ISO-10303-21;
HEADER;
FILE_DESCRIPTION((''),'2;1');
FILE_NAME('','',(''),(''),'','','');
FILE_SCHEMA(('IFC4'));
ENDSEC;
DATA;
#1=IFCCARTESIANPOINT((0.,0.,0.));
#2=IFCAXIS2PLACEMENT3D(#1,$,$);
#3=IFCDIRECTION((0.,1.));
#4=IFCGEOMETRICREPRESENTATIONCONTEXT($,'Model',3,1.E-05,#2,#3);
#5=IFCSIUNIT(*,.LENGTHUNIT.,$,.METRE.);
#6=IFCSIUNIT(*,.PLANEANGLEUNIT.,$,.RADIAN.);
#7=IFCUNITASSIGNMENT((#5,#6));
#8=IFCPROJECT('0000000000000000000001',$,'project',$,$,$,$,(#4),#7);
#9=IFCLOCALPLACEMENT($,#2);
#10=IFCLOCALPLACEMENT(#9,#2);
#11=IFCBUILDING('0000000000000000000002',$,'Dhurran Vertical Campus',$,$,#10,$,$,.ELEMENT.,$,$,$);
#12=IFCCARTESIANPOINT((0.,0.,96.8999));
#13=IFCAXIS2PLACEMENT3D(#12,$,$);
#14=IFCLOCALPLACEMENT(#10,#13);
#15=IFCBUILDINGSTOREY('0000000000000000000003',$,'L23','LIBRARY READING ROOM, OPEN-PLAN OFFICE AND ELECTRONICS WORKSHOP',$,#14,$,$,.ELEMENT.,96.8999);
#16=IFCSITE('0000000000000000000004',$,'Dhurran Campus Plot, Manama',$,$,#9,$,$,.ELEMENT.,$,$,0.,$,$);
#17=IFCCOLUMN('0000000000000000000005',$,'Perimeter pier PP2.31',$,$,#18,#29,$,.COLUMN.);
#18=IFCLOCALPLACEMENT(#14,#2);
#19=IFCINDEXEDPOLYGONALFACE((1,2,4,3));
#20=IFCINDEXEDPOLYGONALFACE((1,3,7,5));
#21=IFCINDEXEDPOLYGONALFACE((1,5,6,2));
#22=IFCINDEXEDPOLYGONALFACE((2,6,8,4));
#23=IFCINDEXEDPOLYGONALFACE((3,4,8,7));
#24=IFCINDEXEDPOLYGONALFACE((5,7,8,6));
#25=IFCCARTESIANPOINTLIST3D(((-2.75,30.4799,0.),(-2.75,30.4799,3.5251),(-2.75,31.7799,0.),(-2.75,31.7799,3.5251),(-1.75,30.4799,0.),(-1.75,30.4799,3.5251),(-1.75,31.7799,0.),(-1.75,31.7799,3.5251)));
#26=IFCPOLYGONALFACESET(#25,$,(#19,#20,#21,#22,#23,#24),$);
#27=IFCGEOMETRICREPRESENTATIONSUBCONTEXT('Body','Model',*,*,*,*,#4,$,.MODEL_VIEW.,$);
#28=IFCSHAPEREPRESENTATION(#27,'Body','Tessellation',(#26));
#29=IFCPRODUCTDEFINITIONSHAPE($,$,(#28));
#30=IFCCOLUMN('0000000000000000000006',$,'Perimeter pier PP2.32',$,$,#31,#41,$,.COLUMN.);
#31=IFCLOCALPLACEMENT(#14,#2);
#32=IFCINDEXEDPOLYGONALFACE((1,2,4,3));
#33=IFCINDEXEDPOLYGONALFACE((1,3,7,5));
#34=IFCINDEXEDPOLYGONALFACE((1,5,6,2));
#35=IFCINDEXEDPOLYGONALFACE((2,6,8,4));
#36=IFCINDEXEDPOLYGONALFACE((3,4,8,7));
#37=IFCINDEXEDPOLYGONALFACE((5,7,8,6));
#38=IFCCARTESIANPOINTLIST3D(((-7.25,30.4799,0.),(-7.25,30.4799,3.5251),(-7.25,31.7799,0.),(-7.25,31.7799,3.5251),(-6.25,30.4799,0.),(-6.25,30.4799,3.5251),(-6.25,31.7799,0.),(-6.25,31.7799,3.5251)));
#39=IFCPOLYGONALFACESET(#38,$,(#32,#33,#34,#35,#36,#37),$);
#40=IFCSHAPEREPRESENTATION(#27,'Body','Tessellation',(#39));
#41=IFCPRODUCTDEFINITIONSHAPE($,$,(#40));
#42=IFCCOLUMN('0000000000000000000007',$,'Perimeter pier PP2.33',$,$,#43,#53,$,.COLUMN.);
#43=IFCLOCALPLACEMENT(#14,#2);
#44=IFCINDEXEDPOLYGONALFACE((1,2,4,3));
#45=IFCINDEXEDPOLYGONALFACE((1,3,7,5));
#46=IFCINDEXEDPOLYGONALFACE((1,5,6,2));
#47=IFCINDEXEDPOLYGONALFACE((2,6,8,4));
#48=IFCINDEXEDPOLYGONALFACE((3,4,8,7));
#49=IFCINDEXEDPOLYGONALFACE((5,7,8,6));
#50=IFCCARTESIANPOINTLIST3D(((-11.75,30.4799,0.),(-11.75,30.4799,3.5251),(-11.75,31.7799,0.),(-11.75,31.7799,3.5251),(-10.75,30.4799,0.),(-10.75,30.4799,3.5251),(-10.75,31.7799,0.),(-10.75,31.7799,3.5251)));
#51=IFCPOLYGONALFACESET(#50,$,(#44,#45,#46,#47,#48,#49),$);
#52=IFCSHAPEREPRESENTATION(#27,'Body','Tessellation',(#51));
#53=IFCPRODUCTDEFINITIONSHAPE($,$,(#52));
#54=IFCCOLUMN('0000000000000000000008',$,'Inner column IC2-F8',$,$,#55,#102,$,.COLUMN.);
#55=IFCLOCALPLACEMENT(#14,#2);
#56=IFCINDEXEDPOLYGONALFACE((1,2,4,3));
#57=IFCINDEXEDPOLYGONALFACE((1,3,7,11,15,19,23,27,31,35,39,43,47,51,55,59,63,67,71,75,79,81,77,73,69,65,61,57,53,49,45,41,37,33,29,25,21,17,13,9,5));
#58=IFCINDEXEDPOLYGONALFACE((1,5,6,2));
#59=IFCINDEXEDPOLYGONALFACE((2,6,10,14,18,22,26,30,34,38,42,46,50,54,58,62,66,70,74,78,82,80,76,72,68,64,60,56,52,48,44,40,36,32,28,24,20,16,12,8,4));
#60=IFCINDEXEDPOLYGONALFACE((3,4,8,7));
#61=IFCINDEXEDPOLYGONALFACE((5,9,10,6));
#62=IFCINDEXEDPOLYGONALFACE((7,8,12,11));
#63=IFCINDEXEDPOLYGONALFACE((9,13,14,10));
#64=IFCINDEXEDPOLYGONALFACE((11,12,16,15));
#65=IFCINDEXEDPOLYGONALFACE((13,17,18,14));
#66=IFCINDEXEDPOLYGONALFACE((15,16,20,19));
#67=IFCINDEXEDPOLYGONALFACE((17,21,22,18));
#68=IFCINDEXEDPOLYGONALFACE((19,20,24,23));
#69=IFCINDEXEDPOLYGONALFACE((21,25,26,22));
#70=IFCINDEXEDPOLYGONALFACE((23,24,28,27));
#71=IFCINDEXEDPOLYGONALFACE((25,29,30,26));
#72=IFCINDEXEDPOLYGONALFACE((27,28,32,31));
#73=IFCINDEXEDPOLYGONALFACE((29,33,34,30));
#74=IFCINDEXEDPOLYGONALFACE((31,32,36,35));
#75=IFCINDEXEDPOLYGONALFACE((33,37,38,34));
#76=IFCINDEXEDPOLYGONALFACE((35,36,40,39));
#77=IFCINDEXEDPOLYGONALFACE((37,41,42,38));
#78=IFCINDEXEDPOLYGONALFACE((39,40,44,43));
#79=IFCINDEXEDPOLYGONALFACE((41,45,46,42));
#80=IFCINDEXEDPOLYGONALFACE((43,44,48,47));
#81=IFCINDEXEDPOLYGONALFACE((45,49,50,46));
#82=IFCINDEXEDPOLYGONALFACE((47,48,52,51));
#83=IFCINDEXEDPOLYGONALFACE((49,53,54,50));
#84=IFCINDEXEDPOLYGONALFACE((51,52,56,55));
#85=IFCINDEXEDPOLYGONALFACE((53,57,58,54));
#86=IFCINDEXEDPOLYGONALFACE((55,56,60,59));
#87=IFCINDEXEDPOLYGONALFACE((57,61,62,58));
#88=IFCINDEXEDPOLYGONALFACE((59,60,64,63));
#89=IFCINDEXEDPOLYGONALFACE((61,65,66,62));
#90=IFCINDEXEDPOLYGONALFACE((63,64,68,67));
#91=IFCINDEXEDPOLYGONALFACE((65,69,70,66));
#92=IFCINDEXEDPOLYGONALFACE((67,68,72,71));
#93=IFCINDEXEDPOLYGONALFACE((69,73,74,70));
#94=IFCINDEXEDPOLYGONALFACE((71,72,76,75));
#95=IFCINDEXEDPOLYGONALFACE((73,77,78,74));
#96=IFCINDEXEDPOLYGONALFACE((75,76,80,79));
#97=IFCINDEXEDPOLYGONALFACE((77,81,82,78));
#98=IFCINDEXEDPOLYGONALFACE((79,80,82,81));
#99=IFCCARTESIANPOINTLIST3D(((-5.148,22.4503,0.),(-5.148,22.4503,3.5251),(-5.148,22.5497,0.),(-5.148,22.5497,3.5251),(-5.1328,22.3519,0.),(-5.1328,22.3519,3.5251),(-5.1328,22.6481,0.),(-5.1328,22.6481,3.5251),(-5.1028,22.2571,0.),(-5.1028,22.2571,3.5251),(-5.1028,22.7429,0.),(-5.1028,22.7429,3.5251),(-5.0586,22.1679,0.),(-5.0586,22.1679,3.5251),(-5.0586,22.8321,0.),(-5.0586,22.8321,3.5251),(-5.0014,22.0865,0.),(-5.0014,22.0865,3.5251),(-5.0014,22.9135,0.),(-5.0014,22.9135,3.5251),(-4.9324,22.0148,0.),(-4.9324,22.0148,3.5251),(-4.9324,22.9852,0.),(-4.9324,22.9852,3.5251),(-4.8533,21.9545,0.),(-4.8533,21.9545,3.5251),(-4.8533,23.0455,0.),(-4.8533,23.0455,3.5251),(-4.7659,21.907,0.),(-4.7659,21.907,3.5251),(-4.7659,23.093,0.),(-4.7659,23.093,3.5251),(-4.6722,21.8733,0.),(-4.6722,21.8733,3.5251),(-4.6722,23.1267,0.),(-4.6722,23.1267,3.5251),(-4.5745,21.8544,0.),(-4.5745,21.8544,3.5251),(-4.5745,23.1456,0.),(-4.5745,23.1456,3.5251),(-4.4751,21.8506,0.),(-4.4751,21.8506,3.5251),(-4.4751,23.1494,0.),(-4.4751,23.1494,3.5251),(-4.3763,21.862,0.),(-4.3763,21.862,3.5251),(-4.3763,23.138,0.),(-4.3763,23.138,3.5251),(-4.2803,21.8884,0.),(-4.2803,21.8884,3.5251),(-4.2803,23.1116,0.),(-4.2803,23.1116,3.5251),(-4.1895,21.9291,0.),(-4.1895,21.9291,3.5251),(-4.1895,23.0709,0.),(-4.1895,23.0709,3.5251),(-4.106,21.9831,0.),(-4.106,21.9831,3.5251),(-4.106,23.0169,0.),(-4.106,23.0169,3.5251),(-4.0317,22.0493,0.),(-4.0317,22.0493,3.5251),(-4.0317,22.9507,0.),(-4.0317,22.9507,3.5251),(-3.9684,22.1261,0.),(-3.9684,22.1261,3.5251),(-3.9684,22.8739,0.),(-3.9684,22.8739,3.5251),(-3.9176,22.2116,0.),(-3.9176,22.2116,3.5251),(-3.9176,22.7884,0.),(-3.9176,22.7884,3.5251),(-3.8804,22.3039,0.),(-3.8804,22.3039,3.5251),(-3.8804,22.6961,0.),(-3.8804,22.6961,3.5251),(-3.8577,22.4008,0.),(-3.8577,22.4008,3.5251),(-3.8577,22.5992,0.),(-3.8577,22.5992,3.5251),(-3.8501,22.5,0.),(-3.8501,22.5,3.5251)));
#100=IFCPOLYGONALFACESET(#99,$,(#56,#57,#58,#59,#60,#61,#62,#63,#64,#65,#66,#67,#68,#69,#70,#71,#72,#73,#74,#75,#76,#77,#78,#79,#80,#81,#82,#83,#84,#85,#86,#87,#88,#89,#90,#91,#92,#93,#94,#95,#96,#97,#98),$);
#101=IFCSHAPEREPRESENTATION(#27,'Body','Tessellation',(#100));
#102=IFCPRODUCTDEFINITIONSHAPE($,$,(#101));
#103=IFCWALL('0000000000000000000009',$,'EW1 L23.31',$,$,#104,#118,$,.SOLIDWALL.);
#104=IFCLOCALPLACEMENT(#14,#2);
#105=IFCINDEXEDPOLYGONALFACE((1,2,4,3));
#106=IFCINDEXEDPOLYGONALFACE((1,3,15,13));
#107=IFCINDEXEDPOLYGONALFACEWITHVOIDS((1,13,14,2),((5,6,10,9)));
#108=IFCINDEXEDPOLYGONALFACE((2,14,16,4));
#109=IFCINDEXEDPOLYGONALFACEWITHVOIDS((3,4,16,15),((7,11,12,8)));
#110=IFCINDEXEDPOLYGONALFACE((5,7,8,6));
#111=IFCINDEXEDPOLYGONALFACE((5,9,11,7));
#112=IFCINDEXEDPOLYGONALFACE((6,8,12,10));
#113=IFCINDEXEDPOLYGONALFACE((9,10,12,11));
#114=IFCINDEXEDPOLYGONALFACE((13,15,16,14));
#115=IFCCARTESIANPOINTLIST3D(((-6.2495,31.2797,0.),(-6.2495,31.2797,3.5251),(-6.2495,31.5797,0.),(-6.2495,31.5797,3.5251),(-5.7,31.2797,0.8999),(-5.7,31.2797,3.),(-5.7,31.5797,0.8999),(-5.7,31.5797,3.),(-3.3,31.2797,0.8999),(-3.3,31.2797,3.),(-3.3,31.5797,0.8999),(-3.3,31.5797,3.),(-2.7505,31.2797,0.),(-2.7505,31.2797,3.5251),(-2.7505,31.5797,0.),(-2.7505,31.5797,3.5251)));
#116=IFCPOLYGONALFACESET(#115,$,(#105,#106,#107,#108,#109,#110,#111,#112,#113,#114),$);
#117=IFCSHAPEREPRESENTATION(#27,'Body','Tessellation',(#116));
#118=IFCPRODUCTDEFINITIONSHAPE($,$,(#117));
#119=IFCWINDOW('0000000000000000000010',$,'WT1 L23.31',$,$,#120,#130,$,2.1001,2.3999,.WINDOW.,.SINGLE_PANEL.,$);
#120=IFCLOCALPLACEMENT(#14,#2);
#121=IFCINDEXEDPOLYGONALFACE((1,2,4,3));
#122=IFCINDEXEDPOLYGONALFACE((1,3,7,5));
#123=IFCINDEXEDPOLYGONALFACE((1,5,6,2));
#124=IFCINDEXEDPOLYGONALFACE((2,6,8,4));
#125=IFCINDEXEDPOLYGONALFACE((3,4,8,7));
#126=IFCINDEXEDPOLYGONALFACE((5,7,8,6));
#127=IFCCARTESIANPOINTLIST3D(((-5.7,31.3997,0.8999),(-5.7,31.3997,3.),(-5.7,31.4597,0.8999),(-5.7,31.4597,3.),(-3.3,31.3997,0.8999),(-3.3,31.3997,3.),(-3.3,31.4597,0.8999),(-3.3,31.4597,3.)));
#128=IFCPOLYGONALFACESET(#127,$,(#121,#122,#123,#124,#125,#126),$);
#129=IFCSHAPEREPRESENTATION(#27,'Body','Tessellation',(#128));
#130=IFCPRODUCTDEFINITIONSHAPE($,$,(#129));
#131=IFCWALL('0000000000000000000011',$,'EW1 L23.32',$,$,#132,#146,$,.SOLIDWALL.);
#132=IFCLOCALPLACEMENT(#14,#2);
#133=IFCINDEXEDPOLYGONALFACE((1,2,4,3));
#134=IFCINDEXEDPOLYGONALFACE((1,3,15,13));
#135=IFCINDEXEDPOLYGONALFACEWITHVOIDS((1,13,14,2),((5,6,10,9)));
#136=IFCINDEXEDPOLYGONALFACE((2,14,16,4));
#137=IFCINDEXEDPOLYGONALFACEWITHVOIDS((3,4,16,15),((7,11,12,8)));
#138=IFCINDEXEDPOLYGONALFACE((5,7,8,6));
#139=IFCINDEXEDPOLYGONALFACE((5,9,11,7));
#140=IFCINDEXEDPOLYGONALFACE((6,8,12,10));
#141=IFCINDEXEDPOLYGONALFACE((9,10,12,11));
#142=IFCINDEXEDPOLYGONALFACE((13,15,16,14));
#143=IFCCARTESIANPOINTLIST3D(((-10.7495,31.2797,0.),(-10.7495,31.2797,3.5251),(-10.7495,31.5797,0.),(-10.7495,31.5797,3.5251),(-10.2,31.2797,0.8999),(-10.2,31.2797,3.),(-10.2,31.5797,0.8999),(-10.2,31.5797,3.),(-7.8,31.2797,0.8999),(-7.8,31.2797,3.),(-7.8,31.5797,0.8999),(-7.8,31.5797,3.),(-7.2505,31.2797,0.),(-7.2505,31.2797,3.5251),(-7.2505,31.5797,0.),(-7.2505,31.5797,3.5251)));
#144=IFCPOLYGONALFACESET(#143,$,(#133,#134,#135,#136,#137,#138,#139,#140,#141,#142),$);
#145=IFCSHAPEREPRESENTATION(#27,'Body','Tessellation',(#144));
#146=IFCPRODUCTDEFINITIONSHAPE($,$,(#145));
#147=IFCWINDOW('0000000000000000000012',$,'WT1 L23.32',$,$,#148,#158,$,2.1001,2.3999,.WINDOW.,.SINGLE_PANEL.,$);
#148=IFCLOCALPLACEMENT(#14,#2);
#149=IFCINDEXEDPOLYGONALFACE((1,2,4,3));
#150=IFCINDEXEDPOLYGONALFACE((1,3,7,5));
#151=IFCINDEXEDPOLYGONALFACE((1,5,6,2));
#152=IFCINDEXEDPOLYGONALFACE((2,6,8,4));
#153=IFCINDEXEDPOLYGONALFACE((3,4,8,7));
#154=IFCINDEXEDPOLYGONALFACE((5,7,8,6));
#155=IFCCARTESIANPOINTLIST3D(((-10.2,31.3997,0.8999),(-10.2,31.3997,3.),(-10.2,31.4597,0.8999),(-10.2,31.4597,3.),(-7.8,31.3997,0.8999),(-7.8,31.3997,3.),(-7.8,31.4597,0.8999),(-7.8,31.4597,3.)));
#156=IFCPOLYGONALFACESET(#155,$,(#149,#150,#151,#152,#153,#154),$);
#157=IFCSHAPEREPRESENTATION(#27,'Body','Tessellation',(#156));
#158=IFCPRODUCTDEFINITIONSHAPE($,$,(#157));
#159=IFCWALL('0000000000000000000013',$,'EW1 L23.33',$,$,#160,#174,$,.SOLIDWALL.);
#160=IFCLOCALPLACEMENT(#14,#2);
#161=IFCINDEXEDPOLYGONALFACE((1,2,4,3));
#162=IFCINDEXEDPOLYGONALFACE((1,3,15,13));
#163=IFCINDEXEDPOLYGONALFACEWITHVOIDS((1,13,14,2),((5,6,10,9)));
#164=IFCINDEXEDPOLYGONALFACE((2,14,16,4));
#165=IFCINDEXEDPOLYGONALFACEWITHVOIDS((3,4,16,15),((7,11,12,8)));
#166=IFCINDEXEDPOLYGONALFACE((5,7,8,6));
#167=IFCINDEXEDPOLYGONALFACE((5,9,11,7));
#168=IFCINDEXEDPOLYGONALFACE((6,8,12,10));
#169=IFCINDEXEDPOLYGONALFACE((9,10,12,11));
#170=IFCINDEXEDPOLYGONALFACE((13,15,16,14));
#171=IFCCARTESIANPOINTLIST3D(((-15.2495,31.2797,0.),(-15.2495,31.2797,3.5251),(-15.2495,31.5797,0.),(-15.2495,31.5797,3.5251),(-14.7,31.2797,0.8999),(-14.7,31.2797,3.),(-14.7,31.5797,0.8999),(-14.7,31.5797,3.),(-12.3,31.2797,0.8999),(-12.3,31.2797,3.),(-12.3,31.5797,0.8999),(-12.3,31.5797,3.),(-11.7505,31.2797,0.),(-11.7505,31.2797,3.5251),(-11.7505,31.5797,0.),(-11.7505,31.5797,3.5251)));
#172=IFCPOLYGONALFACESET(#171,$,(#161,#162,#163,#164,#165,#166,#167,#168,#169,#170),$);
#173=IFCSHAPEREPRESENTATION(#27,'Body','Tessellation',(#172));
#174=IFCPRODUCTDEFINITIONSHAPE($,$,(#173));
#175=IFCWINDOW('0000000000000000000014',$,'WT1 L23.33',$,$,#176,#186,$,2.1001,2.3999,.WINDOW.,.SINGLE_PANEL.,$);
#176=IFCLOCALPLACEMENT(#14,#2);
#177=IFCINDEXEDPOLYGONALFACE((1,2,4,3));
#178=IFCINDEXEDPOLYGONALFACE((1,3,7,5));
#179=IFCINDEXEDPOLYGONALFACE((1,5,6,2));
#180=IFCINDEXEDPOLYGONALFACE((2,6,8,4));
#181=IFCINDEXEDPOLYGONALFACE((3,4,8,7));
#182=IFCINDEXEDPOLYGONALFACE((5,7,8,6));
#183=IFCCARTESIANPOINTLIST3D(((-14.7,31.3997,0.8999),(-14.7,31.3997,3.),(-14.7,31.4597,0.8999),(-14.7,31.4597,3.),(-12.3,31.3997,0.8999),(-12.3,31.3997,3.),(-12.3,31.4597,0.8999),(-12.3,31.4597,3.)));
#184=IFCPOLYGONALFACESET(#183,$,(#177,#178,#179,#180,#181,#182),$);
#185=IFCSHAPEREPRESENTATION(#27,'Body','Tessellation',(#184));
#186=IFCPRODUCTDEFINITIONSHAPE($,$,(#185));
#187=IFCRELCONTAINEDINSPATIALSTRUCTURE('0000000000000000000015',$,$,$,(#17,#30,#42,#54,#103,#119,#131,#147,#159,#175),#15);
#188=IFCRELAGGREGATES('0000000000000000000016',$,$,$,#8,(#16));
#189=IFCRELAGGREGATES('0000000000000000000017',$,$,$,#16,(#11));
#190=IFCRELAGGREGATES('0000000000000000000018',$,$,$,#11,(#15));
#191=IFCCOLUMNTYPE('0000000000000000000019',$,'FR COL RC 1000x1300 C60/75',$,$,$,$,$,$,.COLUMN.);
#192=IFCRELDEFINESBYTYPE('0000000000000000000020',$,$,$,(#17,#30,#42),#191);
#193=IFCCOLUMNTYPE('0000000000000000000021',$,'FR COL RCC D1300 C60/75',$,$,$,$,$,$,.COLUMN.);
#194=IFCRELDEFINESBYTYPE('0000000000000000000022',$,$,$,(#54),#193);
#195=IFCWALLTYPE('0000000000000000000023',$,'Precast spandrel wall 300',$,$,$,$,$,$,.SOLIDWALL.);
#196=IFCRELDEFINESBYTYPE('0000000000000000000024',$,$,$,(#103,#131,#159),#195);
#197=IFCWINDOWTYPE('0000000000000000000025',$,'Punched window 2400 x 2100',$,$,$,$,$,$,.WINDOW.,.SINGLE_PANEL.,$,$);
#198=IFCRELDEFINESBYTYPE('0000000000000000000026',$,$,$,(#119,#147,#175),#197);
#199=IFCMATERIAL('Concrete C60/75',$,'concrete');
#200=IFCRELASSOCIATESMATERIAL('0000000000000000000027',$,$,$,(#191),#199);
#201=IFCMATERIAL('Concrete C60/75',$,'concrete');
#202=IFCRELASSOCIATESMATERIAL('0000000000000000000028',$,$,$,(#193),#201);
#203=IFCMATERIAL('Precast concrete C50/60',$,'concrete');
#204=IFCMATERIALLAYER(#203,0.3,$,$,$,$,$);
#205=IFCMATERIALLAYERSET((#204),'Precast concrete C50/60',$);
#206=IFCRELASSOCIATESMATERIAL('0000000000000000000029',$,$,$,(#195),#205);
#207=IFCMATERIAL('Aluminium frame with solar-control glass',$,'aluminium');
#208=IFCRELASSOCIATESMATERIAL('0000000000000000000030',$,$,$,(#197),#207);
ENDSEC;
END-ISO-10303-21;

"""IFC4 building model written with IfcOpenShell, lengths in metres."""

from ifc_helpers import new_model, si_unit, direction, frame, frame_2d, origin, origin_2d, place, context, subcontext, project, spatial, rectangle, circle, extrude, material, layer, layer_set, material_profile, profile_set, type_object, element, fill, save


model = new_model("IFC4")

# Units and contexts
model_context = context("Model", 3, precision=1e-05, world=origin(), true_north=direction((0.0, 1.0)))
body_context = subcontext(model_context, "Body", "Model", "MODEL_VIEW")
ifc_project = project(units=[si_unit("LENGTHUNIT", "METRE"), si_unit("PLANEANGLEUNIT", "RADIAN")], contexts=[model_context])

# Site, building, storey
site_placement = place(None, origin())
site = spatial("IfcSite", under=ifc_project, at=site_placement, Name="Dhurran Campus Plot, Manama", CompositionType="ELEMENT", RefElevation=0.0)
building_placement = place(site_placement, origin())
building = spatial("IfcBuilding", under=site, at=building_placement, Name="Dhurran Vertical Campus", CompositionType="ELEMENT")
storey_placement = place(building_placement, frame((0.0, 0.0, 96.8999)))
storey = spatial("IfcBuildingStorey", under=building, at=storey_placement, Name="L23", Description="LIBRARY READING ROOM, OPEN-PLAN OFFICE AND ELECTRONICS WORKSHOP", CompositionType="ELEMENT", Elevation=96.8999)

# Columns
ifc_material_1 = material(Name="Concrete C60/75", Category="concrete")
ifc_material_profile_1 = material_profile(ifc_material_1, rectangle(XDim=1.0, YDim=1.3, at=origin_2d()), Name="RC 1000x1300")
ifc_profile_set_1 = profile_set([ifc_material_profile_1], Name="Concrete C60/75")
column_type_1 = type_object("IfcColumnType", Name="FR COL RC 1000x1300 C60/75", PredefinedType="COLUMN", material=ifc_profile_set_1)
for number, where, z_axis, x_axis, name in (
    (1, (-2.25, 31.1299, 0.0), (0.0, 0.0, 1.0), (-1.0, 0.0, 0.0), "Perimeter pier PP2.31"),
    (2, (-6.75, 31.1299, 0.0), (0.0, 0.0, 1.0), (-1.0, 0.0, 0.0), "Perimeter pier PP2.32"),
    (3, (-11.25, 31.1299, 0.0), (0.0, 0.0, 1.0), (-1.0, 0.0, 0.0), "Perimeter pier PP2.33"),
):
    element("IfcColumn", number, at=place(storey_placement, frame(where, z_axis=z_axis, x_axis=x_axis)), inside=storey, type_object=column_type_1, Name=name, PredefinedType="COLUMN", context=body_context, shape_type="SweptSolid", body=[
        extrude(rectangle(XDim=1.0, YDim=1.3, at=origin_2d()), origin(), (0.0, 0.0, 1.0), 3.5251),
    ])
ifc_material_2 = material(Name="Concrete C60/75", Category="concrete")
ifc_material_profile_2 = material_profile(ifc_material_2, circle(Radius=0.6499, at=origin_2d()), Name="RCC D1300")
ifc_profile_set_2 = profile_set([ifc_material_profile_2], Name="Concrete C60/75")
column_type_2 = type_object("IfcColumnType", Name="FR COL RCC D1300 C60/75", PredefinedType="COLUMN", material=ifc_profile_set_2)
column_placement = place(storey_placement, frame((-4.5, 22.5, 0.0), z_axis=(0.0, 0.0, 1.0), x_axis=(1.0, 0.0, 0.0)))
element("IfcColumn", 4, at=column_placement, inside=storey, type_object=column_type_2, Name="Inner column IC2-F8", PredefinedType="COLUMN", context=body_context, shape_type="SweptSolid", body=[
    extrude(circle(Radius=0.6499, at=origin_2d()), origin(), (0.0, 0.0, 1.0), 3.5251),
])

# Walls, openings, windows
ifc_material_3 = material(Name="Precast concrete C50/60", Category="concrete")
ifc_layer_1 = layer(ifc_material_3, 0.3)
ifc_layer_set_1 = layer_set([ifc_layer_1], Name="Precast concrete C50/60")
wall_type_1 = type_object("IfcWallType", Name="Precast spandrel wall 300", PredefinedType="SOLIDWALL", material=ifc_layer_set_1)
wall_1_placement = place(storey_placement, frame((-2.7505, 31.4297, 0.0), z_axis=(0.0, 0.0, 1.0), x_axis=(-1.0, 0.0, 0.0)))
wall_1 = element("IfcWall", 5, at=wall_1_placement, inside=storey, type_object=wall_type_1, Name="EW1 L23.31", PredefinedType="SOLIDWALL", context=body_context, shape_type="SweptSolid", body=[
    extrude(rectangle(XDim=3.499, YDim=0.3, at=frame_2d((1.7495, 0.0))), origin(), (0.0, 0.0, 1.0), 3.5251),
])
opening_1_placement = place(wall_1_placement, frame((0.5496, 0.0, 0.8999)))
opening_1 = element("IfcOpeningElement", 6, at=opening_1_placement, cuts=wall_1, PredefinedType="OPENING", context=body_context, shape_type="SweptSolid", body=[
    extrude(rectangle(XDim=2.3999, YDim=2.1001, at=frame_2d((1.2, 1.05))), frame((0.0, 0.1599, 0.0), z_axis=(0.0, -1.0, 0.0), x_axis=(1.0, 0.0, 0.0)), (0.0, 0.0, 1.0), 0.3201),
])
ifc_material_4 = material(Name="Aluminium frame with solar-control glass", Category="aluminium")
window_type = type_object("IfcWindowType", Name="Punched window 2400 x 2100", PartitioningType="SINGLE_PANEL", PredefinedType="WINDOW", material=ifc_material_4)
window_1_placement = place(opening_1_placement, origin())
window_1 = element("IfcWindow", 7, at=window_1_placement, inside=storey, type_object=window_type, Name="WT1 L23.31", OverallHeight=2.1001, OverallWidth=2.3999, PartitioningType="SINGLE_PANEL", PredefinedType="WINDOW", context=body_context, shape_type="SweptSolid", body=[
    extrude(rectangle(XDim=2.3999, YDim=2.1001, at=frame_2d((1.2, 1.05))), frame((0.0, 0.03, 0.0), z_axis=(0.0, -1.0, 0.0), x_axis=(1.0, 0.0, 0.0)), (0.0, 0.0, 1.0), 0.0601),
])
fill(opening_1, window_1)
wall_2_placement = place(storey_placement, frame((-7.2505, 31.4297, 0.0), z_axis=(0.0, 0.0, 1.0), x_axis=(-1.0, 0.0, 0.0)))
wall_2 = element("IfcWall", 8, at=wall_2_placement, inside=storey, type_object=wall_type_1, Name="EW1 L23.32", PredefinedType="SOLIDWALL", context=body_context, shape_type="SweptSolid", body=[
    extrude(rectangle(XDim=3.499, YDim=0.3, at=frame_2d((1.7495, 0.0))), origin(), (0.0, 0.0, 1.0), 3.5251),
])
opening_2_placement = place(wall_2_placement, frame((0.5496, 0.0, 0.8999)))
opening_2 = element("IfcOpeningElement", 9, at=opening_2_placement, cuts=wall_2, PredefinedType="OPENING", context=body_context, shape_type="SweptSolid", body=[
    extrude(rectangle(XDim=2.3999, YDim=2.1001, at=frame_2d((1.2, 1.05))), frame((0.0, 0.1599, 0.0), z_axis=(0.0, -1.0, 0.0), x_axis=(1.0, 0.0, 0.0)), (0.0, 0.0, 1.0), 0.3201),
])
window_2_placement = place(opening_2_placement, origin())
window_2 = element("IfcWindow", 10, at=window_2_placement, inside=storey, type_object=window_type, Name="WT1 L23.32", OverallHeight=2.1001, OverallWidth=2.3999, PartitioningType="SINGLE_PANEL", PredefinedType="WINDOW", context=body_context, shape_type="SweptSolid", body=[
    extrude(rectangle(XDim=2.3999, YDim=2.1001, at=frame_2d((1.2, 1.05))), frame((0.0, 0.03, 0.0), z_axis=(0.0, -1.0, 0.0), x_axis=(1.0, 0.0, 0.0)), (0.0, 0.0, 1.0), 0.0601),
])
fill(opening_2, window_2)
wall_3_placement = place(storey_placement, frame((-11.7505, 31.4297, 0.0), z_axis=(0.0, 0.0, 1.0), x_axis=(-1.0, 0.0, 0.0)))
wall_3 = element("IfcWall", 11, at=wall_3_placement, inside=storey, type_object=wall_type_1, Name="EW1 L23.33", PredefinedType="SOLIDWALL", context=body_context, shape_type="SweptSolid", body=[
    extrude(rectangle(XDim=3.499, YDim=0.3, at=frame_2d((1.7495, 0.0))), origin(), (0.0, 0.0, 1.0), 3.5251),
])
opening_3_placement = place(wall_3_placement, frame((0.5496, 0.0, 0.8999)))
opening_3 = element("IfcOpeningElement", 12, at=opening_3_placement, cuts=wall_3, PredefinedType="OPENING", context=body_context, shape_type="SweptSolid", body=[
    extrude(rectangle(XDim=2.3999, YDim=2.1001, at=frame_2d((1.2, 1.05))), frame((0.0, 0.1599, 0.0), z_axis=(0.0, -1.0, 0.0), x_axis=(1.0, 0.0, 0.0)), (0.0, 0.0, 1.0), 0.3201),
])
window_3_placement = place(opening_3_placement, origin())
window_3 = element("IfcWindow", 13, at=window_3_placement, inside=storey, type_object=window_type, Name="WT1 L23.33", OverallHeight=2.1001, OverallWidth=2.3999, PartitioningType="SINGLE_PANEL", PredefinedType="WINDOW", context=body_context, shape_type="SweptSolid", body=[
    extrude(rectangle(XDim=2.3999, YDim=2.1001, at=frame_2d((1.2, 1.05))), frame((0.0, 0.03, 0.0), z_axis=(0.0, -1.0, 0.0), x_axis=(1.0, 0.0, 0.0)), (0.0, 0.0, 1.0), 0.0601),
])
fill(opening_3, window_3)

save(model, "model.ifc")
